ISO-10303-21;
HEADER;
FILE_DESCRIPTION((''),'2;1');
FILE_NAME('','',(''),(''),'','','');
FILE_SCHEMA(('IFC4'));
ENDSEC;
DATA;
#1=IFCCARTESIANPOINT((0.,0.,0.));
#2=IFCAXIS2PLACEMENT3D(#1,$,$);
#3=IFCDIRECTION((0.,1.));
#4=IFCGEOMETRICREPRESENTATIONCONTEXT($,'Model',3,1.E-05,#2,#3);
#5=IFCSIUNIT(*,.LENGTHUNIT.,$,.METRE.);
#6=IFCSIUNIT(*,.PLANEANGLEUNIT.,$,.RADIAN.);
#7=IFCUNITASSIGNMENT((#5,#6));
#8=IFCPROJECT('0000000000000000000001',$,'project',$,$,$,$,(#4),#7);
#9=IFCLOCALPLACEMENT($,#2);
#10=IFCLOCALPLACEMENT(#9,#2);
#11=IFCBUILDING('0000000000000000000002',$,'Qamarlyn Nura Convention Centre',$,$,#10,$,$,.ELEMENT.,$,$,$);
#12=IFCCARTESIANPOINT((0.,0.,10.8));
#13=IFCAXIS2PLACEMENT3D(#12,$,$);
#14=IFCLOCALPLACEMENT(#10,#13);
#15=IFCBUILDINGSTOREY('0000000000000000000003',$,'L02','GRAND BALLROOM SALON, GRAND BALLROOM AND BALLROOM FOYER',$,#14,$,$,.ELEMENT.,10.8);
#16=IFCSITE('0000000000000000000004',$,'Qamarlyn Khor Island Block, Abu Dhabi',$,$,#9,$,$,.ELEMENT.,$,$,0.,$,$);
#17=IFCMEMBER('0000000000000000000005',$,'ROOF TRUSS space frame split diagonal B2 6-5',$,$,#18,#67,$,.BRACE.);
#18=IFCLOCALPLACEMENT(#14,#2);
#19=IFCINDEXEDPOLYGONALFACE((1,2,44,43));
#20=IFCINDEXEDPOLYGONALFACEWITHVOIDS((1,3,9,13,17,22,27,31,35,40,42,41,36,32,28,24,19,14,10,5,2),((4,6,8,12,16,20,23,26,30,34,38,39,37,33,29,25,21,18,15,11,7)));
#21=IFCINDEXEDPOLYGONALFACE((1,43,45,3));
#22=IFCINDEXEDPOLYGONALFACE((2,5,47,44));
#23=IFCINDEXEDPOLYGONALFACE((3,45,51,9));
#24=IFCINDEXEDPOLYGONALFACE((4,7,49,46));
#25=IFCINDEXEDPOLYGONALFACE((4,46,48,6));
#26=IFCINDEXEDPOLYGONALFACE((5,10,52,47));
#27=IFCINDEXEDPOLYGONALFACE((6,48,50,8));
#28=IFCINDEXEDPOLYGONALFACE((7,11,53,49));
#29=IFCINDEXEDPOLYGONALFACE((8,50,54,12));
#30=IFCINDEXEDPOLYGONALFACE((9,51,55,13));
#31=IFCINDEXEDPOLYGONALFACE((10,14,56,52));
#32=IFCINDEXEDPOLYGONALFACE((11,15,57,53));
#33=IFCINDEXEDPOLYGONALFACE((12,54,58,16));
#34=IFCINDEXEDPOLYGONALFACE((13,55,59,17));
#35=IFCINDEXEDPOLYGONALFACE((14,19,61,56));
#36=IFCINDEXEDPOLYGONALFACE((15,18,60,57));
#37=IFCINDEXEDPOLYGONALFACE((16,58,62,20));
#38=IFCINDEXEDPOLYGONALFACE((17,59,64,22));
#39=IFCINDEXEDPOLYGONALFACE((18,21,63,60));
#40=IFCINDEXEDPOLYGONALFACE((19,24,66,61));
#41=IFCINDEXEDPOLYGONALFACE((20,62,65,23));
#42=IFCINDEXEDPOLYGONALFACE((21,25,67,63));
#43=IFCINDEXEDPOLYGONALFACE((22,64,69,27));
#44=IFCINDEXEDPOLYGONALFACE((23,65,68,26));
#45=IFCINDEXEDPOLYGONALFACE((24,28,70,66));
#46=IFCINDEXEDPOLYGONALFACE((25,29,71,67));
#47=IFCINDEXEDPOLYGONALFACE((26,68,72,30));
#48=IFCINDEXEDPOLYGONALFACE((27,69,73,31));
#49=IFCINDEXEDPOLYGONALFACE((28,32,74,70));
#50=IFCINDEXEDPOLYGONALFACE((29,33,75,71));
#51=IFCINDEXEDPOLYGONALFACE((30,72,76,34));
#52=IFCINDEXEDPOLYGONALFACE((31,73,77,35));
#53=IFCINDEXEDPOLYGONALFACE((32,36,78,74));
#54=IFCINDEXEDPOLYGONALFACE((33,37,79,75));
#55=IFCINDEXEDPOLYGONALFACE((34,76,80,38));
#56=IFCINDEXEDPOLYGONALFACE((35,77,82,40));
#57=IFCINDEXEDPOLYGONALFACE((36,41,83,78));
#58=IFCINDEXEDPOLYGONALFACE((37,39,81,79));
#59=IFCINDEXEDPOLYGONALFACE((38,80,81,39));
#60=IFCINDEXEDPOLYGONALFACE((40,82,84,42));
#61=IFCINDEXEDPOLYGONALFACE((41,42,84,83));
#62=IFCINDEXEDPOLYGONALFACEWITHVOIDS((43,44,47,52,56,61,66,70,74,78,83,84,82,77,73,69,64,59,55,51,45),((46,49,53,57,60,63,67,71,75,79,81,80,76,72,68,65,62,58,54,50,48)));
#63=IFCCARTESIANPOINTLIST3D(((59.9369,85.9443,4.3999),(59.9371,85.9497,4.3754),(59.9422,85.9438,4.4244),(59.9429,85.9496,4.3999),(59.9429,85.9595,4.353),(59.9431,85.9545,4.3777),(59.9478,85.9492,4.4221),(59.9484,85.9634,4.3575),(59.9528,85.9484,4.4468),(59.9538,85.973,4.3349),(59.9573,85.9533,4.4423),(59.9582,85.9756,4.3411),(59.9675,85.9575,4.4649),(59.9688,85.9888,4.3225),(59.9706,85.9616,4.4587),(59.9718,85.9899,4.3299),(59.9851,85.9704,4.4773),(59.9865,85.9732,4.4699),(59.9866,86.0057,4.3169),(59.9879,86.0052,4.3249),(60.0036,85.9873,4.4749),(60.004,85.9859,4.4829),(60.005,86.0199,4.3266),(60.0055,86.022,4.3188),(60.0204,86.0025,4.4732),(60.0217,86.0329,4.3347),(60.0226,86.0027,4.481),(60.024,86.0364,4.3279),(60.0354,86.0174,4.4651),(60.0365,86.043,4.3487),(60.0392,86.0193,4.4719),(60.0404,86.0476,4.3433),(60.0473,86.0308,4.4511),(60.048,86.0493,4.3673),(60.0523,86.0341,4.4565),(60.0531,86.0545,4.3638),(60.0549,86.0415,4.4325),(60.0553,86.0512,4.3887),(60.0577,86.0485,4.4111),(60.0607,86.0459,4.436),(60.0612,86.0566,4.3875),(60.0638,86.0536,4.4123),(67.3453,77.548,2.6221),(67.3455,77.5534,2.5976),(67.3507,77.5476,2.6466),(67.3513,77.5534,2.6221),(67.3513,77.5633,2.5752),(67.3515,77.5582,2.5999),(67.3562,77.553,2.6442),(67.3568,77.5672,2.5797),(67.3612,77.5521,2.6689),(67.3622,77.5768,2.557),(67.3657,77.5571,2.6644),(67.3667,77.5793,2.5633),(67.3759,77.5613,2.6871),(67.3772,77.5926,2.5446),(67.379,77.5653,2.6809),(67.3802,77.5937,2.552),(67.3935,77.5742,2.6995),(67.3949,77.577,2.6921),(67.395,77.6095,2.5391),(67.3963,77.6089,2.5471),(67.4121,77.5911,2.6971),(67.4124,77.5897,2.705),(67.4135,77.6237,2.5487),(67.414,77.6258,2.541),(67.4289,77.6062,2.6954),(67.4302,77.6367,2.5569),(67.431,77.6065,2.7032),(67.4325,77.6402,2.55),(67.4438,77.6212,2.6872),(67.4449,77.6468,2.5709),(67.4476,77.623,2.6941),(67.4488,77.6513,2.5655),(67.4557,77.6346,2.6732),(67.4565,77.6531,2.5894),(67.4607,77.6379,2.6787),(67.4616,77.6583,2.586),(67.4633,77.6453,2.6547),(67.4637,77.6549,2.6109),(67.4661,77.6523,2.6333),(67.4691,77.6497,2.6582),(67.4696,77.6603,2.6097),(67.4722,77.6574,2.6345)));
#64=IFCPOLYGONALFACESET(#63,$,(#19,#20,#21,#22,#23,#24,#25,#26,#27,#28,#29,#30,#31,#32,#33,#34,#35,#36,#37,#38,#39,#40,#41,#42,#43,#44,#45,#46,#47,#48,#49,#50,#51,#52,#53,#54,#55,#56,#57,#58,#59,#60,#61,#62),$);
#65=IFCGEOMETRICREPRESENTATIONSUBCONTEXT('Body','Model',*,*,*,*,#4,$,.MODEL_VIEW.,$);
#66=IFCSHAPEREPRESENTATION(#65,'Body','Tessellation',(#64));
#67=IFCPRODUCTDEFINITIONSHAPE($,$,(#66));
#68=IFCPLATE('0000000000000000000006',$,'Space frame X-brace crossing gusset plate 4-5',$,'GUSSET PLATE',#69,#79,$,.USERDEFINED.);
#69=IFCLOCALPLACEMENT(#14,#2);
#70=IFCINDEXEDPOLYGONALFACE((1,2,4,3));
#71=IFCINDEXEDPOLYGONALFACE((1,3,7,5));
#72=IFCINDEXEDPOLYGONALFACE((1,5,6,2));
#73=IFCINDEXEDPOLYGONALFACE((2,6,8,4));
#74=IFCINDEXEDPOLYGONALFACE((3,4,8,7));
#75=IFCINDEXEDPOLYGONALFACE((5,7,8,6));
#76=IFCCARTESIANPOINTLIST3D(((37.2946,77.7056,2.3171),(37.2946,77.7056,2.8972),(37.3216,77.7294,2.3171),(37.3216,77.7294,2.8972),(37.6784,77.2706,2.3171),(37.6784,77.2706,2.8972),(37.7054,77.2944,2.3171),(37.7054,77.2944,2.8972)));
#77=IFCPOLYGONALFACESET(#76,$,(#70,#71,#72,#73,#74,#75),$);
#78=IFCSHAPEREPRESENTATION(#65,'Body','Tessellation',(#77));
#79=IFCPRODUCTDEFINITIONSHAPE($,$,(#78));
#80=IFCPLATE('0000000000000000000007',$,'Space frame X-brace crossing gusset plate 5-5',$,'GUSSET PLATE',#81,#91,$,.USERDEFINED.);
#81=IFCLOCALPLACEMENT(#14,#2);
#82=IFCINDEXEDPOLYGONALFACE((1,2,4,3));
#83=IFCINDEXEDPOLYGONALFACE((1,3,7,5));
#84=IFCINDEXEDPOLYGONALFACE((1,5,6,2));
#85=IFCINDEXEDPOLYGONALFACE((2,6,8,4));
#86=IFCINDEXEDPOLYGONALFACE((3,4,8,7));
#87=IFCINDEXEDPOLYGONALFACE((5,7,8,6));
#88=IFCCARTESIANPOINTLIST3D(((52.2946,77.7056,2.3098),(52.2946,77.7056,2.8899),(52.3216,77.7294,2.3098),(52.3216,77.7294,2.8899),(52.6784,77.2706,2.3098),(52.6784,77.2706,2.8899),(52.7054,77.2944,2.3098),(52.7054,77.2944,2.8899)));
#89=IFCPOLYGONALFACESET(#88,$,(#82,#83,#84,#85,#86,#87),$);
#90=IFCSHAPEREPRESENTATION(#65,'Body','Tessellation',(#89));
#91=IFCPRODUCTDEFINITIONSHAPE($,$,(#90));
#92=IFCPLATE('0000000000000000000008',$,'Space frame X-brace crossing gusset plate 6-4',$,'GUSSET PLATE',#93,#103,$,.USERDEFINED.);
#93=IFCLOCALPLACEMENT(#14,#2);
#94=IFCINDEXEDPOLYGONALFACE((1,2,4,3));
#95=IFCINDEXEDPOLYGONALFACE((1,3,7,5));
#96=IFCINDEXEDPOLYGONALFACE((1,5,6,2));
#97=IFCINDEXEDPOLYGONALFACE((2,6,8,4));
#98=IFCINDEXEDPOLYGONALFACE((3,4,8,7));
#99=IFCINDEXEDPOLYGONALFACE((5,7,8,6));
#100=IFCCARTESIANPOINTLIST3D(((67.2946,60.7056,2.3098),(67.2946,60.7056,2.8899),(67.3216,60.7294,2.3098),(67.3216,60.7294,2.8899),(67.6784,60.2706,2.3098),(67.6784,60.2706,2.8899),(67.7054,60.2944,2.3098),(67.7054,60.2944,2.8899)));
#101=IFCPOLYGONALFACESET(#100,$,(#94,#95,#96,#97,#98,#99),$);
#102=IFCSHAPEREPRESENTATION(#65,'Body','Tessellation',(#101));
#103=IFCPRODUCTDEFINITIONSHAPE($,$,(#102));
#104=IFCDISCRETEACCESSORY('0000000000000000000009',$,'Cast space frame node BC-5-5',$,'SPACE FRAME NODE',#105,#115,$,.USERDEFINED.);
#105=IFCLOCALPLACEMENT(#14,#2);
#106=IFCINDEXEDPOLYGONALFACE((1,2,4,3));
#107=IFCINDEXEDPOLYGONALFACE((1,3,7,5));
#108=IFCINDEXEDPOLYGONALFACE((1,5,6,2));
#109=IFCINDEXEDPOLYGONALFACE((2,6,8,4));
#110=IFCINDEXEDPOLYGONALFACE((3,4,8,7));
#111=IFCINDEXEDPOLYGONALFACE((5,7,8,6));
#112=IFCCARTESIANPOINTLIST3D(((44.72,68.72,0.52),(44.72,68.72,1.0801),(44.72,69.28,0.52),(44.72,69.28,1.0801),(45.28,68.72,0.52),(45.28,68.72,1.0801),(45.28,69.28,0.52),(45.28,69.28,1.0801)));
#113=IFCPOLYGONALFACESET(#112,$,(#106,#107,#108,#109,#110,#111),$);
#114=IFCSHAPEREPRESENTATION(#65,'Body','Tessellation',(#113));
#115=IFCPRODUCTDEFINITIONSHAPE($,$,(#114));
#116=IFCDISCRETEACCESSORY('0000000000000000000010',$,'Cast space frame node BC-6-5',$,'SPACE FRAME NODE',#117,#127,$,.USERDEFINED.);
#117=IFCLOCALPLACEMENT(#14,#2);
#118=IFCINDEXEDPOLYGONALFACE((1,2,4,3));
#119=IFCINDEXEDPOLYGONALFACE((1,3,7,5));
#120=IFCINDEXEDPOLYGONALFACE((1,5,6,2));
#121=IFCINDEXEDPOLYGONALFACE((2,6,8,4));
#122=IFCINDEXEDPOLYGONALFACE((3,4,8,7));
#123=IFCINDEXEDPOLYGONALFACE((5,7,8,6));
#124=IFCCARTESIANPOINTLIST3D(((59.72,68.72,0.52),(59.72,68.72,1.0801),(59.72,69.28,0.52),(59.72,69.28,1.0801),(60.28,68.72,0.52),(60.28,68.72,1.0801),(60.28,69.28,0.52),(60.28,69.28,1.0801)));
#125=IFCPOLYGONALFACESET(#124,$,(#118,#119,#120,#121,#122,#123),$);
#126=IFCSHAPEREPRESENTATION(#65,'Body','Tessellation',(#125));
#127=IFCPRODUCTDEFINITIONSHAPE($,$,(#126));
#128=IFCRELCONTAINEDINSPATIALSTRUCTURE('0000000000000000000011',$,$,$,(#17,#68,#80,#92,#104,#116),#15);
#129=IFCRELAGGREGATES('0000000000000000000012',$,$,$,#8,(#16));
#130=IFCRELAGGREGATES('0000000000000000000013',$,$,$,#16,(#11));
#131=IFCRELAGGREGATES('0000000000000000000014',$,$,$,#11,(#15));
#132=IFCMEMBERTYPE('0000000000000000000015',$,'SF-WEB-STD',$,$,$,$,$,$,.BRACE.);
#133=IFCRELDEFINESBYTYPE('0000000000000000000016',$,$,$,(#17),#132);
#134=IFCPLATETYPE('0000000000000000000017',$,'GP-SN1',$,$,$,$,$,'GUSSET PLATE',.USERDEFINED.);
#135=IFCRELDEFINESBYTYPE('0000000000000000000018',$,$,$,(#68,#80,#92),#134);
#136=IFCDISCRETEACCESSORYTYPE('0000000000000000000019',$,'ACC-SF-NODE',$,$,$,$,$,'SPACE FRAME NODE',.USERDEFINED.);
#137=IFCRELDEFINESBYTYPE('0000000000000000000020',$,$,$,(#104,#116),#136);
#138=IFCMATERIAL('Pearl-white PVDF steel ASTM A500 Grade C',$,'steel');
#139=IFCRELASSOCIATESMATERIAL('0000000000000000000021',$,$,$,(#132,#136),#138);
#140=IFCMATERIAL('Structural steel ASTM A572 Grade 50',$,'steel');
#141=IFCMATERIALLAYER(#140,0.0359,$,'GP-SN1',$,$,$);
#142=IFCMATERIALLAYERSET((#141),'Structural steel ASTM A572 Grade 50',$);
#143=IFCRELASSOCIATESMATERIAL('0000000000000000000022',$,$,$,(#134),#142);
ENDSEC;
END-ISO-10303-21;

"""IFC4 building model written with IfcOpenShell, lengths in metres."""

from ifc_helpers import new_model, si_unit, direction, frame, origin, origin_2d, place, context, subcontext, project, spatial, rectangle, hollow_circle, extrude, material, layer, layer_set, material_profile, profile_set, type_object, element, save


model = new_model("IFC4")

# Units and contexts
model_context = context("Model", 3, precision=1e-05, world=origin(), true_north=direction((0.0, 1.0)))
body_context = subcontext(model_context, "Body", "Model", "MODEL_VIEW")
ifc_project = project(units=[si_unit("LENGTHUNIT", "METRE"), si_unit("PLANEANGLEUNIT", "RADIAN")], contexts=[model_context])

# Site, building, storey
site_placement = place(None, origin())
site = spatial("IfcSite", under=ifc_project, at=site_placement, Name="Qamarlyn Khor Island Block, Abu Dhabi", CompositionType="ELEMENT", RefElevation=0.0)
building_placement = place(site_placement, origin())
building = spatial("IfcBuilding", under=site, at=building_placement, Name="Qamarlyn Nura Convention Centre", CompositionType="ELEMENT")
storey_placement = place(building_placement, frame((0.0, 0.0, 10.8)))
storey = spatial("IfcBuildingStorey", under=building, at=storey_placement, Name="L02", Description="GRAND BALLROOM SALON, GRAND BALLROOM AND BALLROOM FOYER", CompositionType="ELEMENT", Elevation=10.8)

# Member
ifc_material_1 = material(Name="Pearl-white PVDF steel ASTM A500 Grade C", Category="steel")
ifc_material_profile_1 = material_profile(ifc_material_1, hollow_circle(Radius=0.0842, WallThickness=0.0081, at=origin_2d()), Name="CHS168.3X8")
ifc_profile_set_1 = profile_set([ifc_material_profile_1], Name="Pearl-white PVDF steel ASTM A500 Grade C")
member_type_1 = type_object("IfcMemberType", Name="SF-WEB-STD", PredefinedType="BRACE", material=ifc_profile_set_1)
member_1_placement = place(storey_placement, frame((67.4084, 77.6038, 2.6221), z_axis=(-0.653437, 0.740562, 0.156808), x_axis=(-0.749838, -0.661622, 0.0)))
element("IfcMember", 1, at=member_1_placement, inside=storey, type_object=member_type_1, Name="ROOF TRUSS space frame split diagonal B2 6-5", PredefinedType="BRACE", context=body_context, shape_type="SweptSolid", body=[
    extrude(hollow_circle(Radius=0.0842, WallThickness=0.0081, at=origin_2d()), origin(), (0.0, 0.0, 1.0), 11.3376),
])

# Plates
ifc_material_2 = material(Name="Structural steel ASTM A572 Grade 50", Category="steel")
ifc_layer = layer(ifc_material_2, 0.0359, Name="GP-SN1")
ifc_layer_set = layer_set([ifc_layer], Name="Structural steel ASTM A572 Grade 50")
plate_type = type_object("IfcPlateType", Name="GP-SN1", ElementType="GUSSET PLATE", PredefinedType="USERDEFINED", material=ifc_layer_set)
for number, where, z_axis, x_axis, name in (
    (2, (37.5, 77.5, 2.3171), (0.0, 0.0, 1.0), (-0.661622, 0.749837, 0.0), "Space frame X-brace crossing gusset plate 4-5"),
    (3, (52.5, 77.5, 2.3098), (0.0, 0.0, 1.0), (-0.661622, 0.749837, 0.0), "Space frame X-brace crossing gusset plate 5-5"),
    (4, (67.5, 60.5, 2.3098), (0.0, 0.0, 1.0), (-0.661622, 0.749837, 0.0), "Space frame X-brace crossing gusset plate 6-4"),
):
    element("IfcPlate", number, at=place(storey_placement, frame(where, z_axis=z_axis, x_axis=x_axis)), inside=storey, type_object=plate_type, Name=name, ObjectType="GUSSET PLATE", PredefinedType="USERDEFINED", context=body_context, shape_type="SweptSolid", body=[
        extrude(rectangle(XDim=0.5801, YDim=0.0359, at=origin_2d()), origin(), (0.0, 0.0, 1.0), 0.5801),
    ])

# Discrete accessories
discrete_accessory_type = type_object("IfcDiscreteAccessoryType", Name="ACC-SF-NODE", ElementType="SPACE FRAME NODE", PredefinedType="USERDEFINED", material=ifc_material_1)
for number, where, z_axis, x_axis, name in (
    (5, (45.0, 69.0, 0.52), (0.0, 0.0, 1.0), (1.0, 0.0, 0.0), "Cast space frame node BC-5-5"),
    (6, (60.0, 69.0, 0.52), (0.0, 0.0, 1.0), (1.0, 0.0, 0.0), "Cast space frame node BC-6-5"),
):
    element("IfcDiscreteAccessory", number, at=place(storey_placement, frame(where, z_axis=z_axis, x_axis=x_axis)), inside=storey, type_object=discrete_accessory_type, Name=name, ObjectType="SPACE FRAME NODE", PredefinedType="USERDEFINED", context=body_context, shape_type="SweptSolid", body=[
        extrude(rectangle(XDim=0.5601, YDim=0.5601, at=origin_2d()), origin(), (0.0, 0.0, 1.0), 0.5601),
    ])

save(model, "model.ifc")
